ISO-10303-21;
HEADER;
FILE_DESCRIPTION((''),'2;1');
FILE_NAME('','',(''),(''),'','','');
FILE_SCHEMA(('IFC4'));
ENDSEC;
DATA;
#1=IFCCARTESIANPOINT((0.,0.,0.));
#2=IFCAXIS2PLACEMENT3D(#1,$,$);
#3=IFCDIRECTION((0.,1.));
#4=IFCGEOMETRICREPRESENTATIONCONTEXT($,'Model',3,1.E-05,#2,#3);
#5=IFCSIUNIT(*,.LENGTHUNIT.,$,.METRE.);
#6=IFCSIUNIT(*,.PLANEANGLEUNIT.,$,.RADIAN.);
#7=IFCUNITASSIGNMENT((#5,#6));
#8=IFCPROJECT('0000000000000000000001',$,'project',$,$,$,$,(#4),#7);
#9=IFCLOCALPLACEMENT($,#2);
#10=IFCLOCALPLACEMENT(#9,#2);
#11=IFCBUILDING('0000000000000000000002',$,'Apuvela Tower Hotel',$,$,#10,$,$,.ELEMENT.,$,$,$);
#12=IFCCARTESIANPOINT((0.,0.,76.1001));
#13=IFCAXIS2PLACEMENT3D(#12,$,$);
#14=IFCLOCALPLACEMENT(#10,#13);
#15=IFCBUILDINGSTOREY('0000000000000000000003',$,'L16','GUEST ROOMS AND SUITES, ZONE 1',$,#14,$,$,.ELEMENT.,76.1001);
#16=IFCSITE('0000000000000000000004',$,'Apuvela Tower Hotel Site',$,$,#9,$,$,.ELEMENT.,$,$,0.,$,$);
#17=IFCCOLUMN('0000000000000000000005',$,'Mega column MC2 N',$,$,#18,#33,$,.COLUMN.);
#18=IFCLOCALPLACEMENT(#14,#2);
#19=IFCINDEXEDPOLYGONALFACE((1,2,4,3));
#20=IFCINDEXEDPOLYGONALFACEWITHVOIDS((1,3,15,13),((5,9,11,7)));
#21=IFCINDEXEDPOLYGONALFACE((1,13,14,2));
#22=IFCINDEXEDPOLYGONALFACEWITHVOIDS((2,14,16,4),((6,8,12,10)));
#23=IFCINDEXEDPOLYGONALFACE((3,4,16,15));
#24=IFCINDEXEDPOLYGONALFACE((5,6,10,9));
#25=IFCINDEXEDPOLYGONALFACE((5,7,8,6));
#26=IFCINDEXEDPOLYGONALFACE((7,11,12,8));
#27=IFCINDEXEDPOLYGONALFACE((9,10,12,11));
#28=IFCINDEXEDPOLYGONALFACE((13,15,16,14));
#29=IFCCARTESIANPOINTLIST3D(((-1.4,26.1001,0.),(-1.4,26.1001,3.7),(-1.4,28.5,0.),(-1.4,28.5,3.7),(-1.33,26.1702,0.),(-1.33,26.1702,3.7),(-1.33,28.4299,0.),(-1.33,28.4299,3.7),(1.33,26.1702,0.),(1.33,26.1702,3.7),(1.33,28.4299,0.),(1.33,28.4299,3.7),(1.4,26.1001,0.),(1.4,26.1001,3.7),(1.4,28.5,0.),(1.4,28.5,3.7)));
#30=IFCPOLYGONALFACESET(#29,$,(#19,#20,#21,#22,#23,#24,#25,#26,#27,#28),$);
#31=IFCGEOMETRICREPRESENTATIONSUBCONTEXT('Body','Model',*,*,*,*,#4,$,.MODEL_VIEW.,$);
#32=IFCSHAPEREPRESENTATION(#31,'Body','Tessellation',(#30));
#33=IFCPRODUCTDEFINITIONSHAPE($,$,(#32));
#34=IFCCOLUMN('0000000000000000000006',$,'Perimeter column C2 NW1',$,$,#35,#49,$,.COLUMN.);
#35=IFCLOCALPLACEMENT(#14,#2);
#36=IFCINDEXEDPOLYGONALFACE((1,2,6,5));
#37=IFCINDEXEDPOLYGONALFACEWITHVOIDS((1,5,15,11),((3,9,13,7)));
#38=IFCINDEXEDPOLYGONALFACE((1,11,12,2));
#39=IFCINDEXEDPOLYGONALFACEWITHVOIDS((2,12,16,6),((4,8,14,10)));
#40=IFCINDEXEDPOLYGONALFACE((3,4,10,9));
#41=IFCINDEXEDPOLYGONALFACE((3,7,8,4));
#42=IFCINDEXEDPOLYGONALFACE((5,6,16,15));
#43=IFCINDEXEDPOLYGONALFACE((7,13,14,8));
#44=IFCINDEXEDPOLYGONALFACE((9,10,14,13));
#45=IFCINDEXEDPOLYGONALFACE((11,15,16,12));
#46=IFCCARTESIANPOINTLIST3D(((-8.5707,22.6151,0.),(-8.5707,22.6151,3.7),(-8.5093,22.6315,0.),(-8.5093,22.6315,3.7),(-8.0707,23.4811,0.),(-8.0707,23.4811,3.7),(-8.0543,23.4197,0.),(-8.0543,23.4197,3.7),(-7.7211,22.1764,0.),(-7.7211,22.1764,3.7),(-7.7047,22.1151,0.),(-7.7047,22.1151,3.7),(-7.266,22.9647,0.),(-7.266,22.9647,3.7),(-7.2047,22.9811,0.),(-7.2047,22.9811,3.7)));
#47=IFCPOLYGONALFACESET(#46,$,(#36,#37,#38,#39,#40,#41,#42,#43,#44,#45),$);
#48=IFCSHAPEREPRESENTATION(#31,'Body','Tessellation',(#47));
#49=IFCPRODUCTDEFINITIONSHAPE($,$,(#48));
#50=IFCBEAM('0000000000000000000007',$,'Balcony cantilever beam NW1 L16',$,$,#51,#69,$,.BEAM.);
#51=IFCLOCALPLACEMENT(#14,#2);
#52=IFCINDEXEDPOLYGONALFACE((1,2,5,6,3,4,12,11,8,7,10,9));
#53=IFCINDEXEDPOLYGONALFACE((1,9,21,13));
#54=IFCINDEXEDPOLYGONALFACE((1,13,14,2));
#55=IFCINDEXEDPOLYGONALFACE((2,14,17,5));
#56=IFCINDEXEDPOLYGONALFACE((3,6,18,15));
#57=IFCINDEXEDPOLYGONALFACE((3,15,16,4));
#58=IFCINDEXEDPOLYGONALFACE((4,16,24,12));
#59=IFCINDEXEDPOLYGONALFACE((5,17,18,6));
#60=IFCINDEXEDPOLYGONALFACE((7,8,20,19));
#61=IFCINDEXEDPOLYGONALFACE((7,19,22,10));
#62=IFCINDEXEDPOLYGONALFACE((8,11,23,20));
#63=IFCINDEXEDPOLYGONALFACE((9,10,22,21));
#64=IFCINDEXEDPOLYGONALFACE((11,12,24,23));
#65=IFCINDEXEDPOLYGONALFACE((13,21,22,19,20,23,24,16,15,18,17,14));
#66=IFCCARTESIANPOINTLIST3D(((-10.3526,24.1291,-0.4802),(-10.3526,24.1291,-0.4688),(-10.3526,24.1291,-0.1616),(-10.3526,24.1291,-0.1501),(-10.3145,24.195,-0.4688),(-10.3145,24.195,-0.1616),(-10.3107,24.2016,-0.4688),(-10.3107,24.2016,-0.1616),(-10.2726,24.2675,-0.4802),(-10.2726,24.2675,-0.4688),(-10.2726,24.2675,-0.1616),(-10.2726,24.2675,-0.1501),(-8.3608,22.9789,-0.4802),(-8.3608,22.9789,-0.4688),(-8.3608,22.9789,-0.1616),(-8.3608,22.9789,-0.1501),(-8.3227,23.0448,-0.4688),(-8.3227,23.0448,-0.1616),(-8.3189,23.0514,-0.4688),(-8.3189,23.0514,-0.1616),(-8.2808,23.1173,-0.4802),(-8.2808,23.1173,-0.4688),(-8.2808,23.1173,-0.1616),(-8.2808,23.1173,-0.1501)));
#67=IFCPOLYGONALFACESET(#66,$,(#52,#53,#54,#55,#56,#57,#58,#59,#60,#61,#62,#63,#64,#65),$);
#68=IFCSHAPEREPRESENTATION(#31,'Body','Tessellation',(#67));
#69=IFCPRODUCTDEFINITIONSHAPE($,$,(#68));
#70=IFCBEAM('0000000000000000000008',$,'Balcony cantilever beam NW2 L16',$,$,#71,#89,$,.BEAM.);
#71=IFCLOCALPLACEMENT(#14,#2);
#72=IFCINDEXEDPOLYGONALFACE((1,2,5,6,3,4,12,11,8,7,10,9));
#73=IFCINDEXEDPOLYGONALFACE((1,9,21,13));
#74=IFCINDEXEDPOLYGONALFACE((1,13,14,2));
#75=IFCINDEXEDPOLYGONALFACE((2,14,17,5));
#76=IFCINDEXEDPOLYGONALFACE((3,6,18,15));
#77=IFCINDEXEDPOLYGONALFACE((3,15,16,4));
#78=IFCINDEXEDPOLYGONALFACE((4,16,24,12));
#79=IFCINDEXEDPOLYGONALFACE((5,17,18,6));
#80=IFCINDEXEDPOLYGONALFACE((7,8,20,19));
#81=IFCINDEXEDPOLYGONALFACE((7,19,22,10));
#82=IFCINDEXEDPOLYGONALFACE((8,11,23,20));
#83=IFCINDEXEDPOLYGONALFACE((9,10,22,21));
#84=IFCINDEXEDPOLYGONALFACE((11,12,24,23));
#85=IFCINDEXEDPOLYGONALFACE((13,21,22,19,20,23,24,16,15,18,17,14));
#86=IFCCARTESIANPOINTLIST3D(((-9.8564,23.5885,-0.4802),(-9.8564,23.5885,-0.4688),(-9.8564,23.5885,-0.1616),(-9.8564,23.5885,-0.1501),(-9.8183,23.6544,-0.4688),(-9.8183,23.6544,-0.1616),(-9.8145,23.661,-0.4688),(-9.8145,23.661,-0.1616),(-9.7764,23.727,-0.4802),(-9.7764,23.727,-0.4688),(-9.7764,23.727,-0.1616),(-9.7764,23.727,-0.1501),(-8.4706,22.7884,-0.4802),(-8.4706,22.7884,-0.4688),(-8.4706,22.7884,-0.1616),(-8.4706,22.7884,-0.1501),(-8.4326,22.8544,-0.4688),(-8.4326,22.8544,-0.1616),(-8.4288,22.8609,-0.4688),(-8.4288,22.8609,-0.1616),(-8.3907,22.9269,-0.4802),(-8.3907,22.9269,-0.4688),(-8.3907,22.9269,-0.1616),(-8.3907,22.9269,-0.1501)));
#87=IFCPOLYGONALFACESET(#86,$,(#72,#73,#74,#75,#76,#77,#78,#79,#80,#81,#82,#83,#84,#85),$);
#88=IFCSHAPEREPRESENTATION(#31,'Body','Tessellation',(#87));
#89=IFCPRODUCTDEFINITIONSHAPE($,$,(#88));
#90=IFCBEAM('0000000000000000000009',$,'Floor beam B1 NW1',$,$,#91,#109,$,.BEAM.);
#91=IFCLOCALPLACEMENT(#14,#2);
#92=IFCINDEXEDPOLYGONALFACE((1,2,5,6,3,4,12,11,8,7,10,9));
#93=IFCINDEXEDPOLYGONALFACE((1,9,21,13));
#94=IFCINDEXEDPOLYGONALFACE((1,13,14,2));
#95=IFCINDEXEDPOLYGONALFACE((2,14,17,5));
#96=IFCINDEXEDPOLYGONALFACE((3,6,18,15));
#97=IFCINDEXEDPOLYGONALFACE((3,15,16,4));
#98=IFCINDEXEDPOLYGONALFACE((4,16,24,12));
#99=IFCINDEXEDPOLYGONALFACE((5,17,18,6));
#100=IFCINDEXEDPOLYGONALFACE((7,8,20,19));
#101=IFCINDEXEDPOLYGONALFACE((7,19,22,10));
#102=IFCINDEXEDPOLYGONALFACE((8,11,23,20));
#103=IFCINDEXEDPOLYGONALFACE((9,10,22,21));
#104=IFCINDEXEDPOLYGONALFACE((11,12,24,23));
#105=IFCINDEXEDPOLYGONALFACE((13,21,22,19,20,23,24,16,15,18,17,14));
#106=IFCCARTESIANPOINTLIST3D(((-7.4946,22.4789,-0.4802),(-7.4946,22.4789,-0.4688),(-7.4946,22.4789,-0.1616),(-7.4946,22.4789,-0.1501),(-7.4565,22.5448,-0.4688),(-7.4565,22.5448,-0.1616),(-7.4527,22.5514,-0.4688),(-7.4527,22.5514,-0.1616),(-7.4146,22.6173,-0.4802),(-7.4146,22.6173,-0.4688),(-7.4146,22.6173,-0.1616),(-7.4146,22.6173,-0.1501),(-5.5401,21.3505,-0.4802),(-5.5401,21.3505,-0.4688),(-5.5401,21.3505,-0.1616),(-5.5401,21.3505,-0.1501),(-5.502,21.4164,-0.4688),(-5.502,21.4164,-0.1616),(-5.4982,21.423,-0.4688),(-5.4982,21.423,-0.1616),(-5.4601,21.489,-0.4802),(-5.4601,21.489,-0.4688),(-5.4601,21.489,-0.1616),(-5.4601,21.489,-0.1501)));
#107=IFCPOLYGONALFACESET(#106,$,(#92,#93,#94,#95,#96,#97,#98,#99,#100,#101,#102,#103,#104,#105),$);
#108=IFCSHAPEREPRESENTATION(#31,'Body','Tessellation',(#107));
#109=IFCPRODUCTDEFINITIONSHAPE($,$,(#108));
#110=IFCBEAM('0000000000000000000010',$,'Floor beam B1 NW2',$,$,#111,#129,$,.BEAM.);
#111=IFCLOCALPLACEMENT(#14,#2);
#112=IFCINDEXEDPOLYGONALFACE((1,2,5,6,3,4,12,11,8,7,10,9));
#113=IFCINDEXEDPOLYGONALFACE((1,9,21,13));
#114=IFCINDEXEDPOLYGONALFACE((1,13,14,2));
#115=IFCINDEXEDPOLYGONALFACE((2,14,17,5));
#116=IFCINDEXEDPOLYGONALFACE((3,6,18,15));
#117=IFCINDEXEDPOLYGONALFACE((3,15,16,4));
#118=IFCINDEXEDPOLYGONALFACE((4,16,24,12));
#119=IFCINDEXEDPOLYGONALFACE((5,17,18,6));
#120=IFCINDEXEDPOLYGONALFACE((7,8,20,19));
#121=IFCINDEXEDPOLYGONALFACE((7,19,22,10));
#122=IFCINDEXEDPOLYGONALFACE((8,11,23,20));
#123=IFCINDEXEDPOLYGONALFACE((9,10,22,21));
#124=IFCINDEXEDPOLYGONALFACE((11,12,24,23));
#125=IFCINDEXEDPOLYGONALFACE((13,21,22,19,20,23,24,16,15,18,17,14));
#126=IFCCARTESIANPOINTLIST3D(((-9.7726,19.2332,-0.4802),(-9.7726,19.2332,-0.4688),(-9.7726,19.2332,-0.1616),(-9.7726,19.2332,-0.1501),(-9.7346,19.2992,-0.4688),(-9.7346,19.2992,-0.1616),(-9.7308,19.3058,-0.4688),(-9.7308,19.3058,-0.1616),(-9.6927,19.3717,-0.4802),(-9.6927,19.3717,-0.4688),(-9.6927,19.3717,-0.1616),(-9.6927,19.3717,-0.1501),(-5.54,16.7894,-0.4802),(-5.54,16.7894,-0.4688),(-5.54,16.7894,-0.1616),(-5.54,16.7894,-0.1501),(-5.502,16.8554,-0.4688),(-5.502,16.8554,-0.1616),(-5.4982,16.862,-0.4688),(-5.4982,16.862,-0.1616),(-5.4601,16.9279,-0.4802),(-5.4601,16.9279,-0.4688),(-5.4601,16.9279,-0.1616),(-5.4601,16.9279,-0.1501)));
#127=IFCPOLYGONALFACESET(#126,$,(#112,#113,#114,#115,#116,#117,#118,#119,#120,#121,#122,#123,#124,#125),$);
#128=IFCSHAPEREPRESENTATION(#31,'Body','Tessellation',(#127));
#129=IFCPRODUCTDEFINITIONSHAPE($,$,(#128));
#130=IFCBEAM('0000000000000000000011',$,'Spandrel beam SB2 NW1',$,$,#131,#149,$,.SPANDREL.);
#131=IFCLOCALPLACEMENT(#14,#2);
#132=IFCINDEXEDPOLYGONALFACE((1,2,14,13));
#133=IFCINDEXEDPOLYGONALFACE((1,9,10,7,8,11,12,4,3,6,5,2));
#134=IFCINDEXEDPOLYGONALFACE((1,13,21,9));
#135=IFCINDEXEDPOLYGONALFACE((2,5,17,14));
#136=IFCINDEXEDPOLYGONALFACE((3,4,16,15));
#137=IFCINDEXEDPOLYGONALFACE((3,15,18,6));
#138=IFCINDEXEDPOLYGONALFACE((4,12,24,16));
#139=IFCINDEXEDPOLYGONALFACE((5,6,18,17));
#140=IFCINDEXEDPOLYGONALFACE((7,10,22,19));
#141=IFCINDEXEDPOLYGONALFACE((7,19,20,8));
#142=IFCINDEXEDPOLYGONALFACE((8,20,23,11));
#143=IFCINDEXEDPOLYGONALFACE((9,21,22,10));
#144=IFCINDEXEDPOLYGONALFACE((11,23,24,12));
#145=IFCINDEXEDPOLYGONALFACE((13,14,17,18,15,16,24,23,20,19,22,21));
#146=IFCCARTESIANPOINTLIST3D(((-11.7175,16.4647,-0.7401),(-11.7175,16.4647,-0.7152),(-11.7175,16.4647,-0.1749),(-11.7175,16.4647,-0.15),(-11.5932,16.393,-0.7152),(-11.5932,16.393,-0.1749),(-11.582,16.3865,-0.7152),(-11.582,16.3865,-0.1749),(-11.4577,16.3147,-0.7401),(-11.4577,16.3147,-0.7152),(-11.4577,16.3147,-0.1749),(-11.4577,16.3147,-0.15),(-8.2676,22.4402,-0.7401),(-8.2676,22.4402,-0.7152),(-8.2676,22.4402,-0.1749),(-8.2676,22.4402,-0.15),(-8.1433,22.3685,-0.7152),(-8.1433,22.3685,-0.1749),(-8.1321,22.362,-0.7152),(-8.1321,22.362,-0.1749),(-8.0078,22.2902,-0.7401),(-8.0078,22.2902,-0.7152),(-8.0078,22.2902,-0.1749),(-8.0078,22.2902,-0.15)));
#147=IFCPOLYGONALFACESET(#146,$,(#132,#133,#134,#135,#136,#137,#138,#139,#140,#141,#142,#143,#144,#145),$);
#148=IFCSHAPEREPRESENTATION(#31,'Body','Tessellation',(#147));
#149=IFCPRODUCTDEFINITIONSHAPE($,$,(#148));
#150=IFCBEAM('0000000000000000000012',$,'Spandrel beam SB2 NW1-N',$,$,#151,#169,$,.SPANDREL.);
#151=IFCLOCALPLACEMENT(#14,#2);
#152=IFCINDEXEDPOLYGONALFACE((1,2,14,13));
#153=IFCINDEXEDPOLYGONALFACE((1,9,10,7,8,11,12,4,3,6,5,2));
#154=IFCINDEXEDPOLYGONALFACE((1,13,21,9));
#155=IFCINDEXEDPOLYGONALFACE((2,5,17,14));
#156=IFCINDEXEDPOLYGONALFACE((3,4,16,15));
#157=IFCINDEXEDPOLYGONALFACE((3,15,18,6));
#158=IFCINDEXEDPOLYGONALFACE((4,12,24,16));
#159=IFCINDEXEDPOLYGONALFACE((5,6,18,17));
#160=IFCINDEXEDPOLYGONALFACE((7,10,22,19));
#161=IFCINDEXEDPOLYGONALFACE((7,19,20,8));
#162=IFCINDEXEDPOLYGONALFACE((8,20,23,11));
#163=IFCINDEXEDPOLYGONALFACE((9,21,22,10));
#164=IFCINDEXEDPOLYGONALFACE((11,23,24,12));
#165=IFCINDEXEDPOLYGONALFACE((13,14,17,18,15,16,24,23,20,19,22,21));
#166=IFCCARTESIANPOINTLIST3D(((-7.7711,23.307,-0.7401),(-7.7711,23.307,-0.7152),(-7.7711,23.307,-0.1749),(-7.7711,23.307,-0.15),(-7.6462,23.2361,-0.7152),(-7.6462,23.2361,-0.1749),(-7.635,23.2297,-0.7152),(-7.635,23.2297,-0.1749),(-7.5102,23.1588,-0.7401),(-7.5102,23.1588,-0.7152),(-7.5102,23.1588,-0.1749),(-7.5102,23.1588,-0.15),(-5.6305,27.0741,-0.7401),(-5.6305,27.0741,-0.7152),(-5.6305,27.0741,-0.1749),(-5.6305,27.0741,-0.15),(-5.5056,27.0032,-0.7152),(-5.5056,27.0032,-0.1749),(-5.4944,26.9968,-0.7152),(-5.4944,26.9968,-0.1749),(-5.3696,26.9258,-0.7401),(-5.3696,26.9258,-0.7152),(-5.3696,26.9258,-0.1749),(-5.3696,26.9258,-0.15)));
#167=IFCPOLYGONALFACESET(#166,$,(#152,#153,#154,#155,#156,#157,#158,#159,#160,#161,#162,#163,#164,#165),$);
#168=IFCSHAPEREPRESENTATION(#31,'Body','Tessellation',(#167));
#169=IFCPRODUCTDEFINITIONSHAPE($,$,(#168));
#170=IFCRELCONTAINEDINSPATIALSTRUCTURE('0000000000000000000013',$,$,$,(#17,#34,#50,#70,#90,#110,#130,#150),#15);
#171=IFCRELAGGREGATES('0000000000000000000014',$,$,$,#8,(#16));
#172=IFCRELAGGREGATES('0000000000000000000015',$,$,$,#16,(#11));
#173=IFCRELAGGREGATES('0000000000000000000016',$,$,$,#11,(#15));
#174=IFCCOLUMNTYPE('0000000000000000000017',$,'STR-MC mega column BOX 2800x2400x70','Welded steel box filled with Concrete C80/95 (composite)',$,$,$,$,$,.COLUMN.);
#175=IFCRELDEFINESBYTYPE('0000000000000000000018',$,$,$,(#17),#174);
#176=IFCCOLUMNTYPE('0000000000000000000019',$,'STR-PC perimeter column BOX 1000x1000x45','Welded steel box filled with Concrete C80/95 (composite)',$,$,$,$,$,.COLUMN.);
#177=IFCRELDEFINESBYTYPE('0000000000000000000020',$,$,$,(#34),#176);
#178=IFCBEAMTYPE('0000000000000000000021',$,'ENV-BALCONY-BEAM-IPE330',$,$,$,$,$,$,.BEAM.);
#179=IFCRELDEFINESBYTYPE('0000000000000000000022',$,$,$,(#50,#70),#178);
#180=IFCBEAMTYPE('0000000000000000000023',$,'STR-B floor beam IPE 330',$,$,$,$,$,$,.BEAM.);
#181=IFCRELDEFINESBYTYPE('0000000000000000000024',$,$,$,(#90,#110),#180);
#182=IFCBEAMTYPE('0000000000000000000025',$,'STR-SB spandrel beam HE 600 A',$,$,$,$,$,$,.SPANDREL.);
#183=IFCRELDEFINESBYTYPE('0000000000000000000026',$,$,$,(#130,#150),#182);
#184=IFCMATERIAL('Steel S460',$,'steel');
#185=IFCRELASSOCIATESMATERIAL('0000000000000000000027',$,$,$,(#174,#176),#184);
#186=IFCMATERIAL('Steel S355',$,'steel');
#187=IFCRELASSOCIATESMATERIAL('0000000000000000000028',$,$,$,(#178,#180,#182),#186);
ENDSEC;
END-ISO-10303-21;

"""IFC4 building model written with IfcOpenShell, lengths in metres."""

from ifc_helpers import new_model, si_unit, direction, frame, origin, origin_2d, place, context, subcontext, project, spatial, rectangle, hollow_rectangle, i_section, extrude, material, material_profile, profile_set, type_object, element, save


model = new_model("IFC4")

# Units and contexts
model_context = context("Model", 3, precision=1e-05, world=origin(), true_north=direction((0.0, 1.0)))
body_context = subcontext(model_context, "Body", "Model", "MODEL_VIEW")
ifc_project = project(units=[si_unit("LENGTHUNIT", "METRE"), si_unit("PLANEANGLEUNIT", "RADIAN")], contexts=[model_context])

# Site, building, storey
site_placement = place(None, origin())
site = spatial("IfcSite", under=ifc_project, at=site_placement, Name="Apuvela Tower Hotel Site", CompositionType="ELEMENT", RefElevation=0.0)
building_placement = place(site_placement, origin())
building = spatial("IfcBuilding", under=site, at=building_placement, Name="Apuvela Tower Hotel", CompositionType="ELEMENT")
storey_placement = place(building_placement, frame((0.0, 0.0, 76.1001)))
storey = spatial("IfcBuildingStorey", under=building, at=storey_placement, Name="L16", Description="GUEST ROOMS AND SUITES, ZONE 1", CompositionType="ELEMENT", Elevation=76.1001)

# Columns
ifc_material_1 = material(Name="Steel S460", Category="steel")
ifc_material_profile_1 = material_profile(ifc_material_1, hollow_rectangle(XDim=2.8, YDim=2.3999, WallThickness=0.0701, at=origin_2d()), Name="BOX 2800x2400x70")
ifc_material_2 = material(Name="Concrete C80/95", Category="concrete")
ifc_material_profile_2 = material_profile(ifc_material_2, rectangle(XDim=2.6599, YDim=2.26, at=origin_2d()), Name="Concrete C80/95 infill")
ifc_profile_set_1 = profile_set([ifc_material_profile_1, ifc_material_profile_2], Name="Steel S460")
column_type_1 = type_object("IfcColumnType", Name="STR-MC mega column BOX 2800x2400x70", Description="Welded steel box filled with Concrete C80/95 (composite)", PredefinedType="COLUMN", material=ifc_profile_set_1)
column_1_placement = place(storey_placement, frame((0.0, 27.3, 0.0), z_axis=(0.0, 0.0, 1.0), x_axis=(1.0, 0.0, 0.0)))
element("IfcColumn", 1, at=column_1_placement, inside=storey, type_object=column_type_1, Name="Mega column MC2 N", PredefinedType="COLUMN", context=body_context, shape_type="SweptSolid", body=[
    extrude(hollow_rectangle(XDim=2.8, YDim=2.3999, WallThickness=0.0701, at=origin_2d()), origin(), (0.0, 0.0, 1.0), 3.7),
])
ifc_material_profile_3 = material_profile(ifc_material_1, hollow_rectangle(XDim=1.0, YDim=1.0, WallThickness=0.0449, at=origin_2d()), Name="BOX 1000x1000x45")
ifc_material_profile_4 = material_profile(ifc_material_2, rectangle(XDim=0.9099, YDim=0.9099, at=origin_2d()), Name="Concrete C80/95 infill")
ifc_profile_set_2 = profile_set([ifc_material_profile_3, ifc_material_profile_4], Name="Steel S460")
column_type_2 = type_object("IfcColumnType", Name="STR-PC perimeter column BOX 1000x1000x45", Description="Welded steel box filled with Concrete C80/95 (composite)", PredefinedType="COLUMN", material=ifc_profile_set_2)
column_2_placement = place(storey_placement, frame((-7.8877, 22.7981, 0.0), z_axis=(0.0, 0.0, 1.0), x_axis=(0.5, 0.866025, 0.0)))
element("IfcColumn", 2, at=column_2_placement, inside=storey, type_object=column_type_2, Name="Perimeter column C2 NW1", PredefinedType="COLUMN", context=body_context, shape_type="SweptSolid", body=[
    extrude(hollow_rectangle(XDim=1.0, YDim=1.0, WallThickness=0.0449, at=origin_2d()), origin(), (0.0, 0.0, 1.0), 3.7),
])

# Beams
ifc_material_3 = material(Name="Steel S355", Category="steel")
ifc_material_profile_5 = material_profile(ifc_material_3, i_section(OverallWidth=0.1599, OverallDepth=0.3301, WebThickness=0.0076, FlangeThickness=0.0115, at=origin_2d()), Name="IPE 330")
ifc_profile_set_3 = profile_set([ifc_material_profile_5], Name="Steel S355")
beam_type_1 = type_object("IfcBeamType", Name="ENV-BALCONY-BEAM-IPE330", PredefinedType="BEAM", material=ifc_profile_set_3)
beam_1_placement = place(storey_placement, frame((-8.3208, 23.0481, -0.3152), z_axis=(-0.865981, 0.500078, 0.0), x_axis=(-0.500078, -0.865981, 0.0)))
element("IfcBeam", 3, at=beam_1_placement, inside=storey, type_object=beam_type_1, Name="Balcony cantilever beam NW1 L16", PredefinedType="BEAM", context=body_context, shape_type="SweptSolid", body=[
    extrude(i_section(OverallWidth=0.1599, OverallDepth=0.3301, WebThickness=0.0076, FlangeThickness=0.0115, at=origin_2d()), origin(), (0.0, 0.0, 1.0), 2.3),
])
beam_2_placement = place(storey_placement, frame((-8.4307, 22.8577, -0.3152), z_axis=(-0.866028, 0.499995, 0.0), x_axis=(-0.499995, -0.866028, 0.0)))
element("IfcBeam", 4, at=beam_2_placement, inside=storey, type_object=beam_type_1, Name="Balcony cantilever beam NW2 L16", PredefinedType="BEAM", context=body_context, shape_type="SweptSolid", body=[
    extrude(i_section(OverallWidth=0.1599, OverallDepth=0.3301, WebThickness=0.0076, FlangeThickness=0.0115, at=origin_2d()), origin(), (0.0, 0.0, 1.0), 1.6001),
])
ifc_material_profile_6 = material_profile(ifc_material_3, i_section(OverallWidth=0.1599, OverallDepth=0.3301, WebThickness=0.0076, FlangeThickness=0.0115, at=origin_2d()), Name="IPE 330")
ifc_profile_set_4 = profile_set([ifc_material_profile_6], Name="Steel S355")
beam_type_2 = type_object("IfcBeamType", Name="STR-B floor beam IPE 330", PredefinedType="BEAM", material=ifc_profile_set_4)
beam_3_placement = place(storey_placement, frame((-7.4546, 22.5481, -0.3152), z_axis=(0.866038, -0.499978, 0.0), x_axis=(0.499978, 0.866038, 0.0)))
element("IfcBeam", 5, at=beam_3_placement, inside=storey, type_object=beam_type_2, Name="Floor beam B1 NW1", PredefinedType="BEAM", context=body_context, shape_type="SweptSolid", body=[
    extrude(i_section(OverallWidth=0.1599, OverallDepth=0.3301, WebThickness=0.0076, FlangeThickness=0.0115, at=origin_2d()), origin(), (0.0, 0.0, 1.0), 2.2568),
])
beam_4_placement = place(storey_placement, frame((-9.7327, 19.3025, -0.3152), z_axis=(0.866015, -0.500018, 0.0), x_axis=(0.500018, 0.866015, 0.0)))
element("IfcBeam", 6, at=beam_4_placement, inside=storey, type_object=beam_type_2, Name="Floor beam B1 NW2", PredefinedType="BEAM", context=body_context, shape_type="SweptSolid", body=[
    extrude(i_section(OverallWidth=0.1599, OverallDepth=0.3301, WebThickness=0.0076, FlangeThickness=0.0115, at=origin_2d()), origin(), (0.0, 0.0, 1.0), 4.8875),
])
ifc_material_profile_7 = material_profile(ifc_material_3, i_section(OverallWidth=0.3, OverallDepth=0.5901, WebThickness=0.0129, FlangeThickness=0.0249, at=origin_2d()), Name="HE 600 A")
ifc_profile_set_5 = profile_set([ifc_material_profile_7], Name="Steel S355")
beam_type_3 = type_object("IfcBeamType", Name="STR-SB spandrel beam HE 600 A", PredefinedType="SPANDREL", material=ifc_profile_set_5)
beam_5_placement = place(storey_placement, frame((-8.1377, 22.3652, -0.4451), z_axis=(-0.499994, -0.866029, 0.0), x_axis=(0.866029, -0.499994, 0.0)))
element("IfcBeam", 7, at=beam_5_placement, inside=storey, type_object=beam_type_3, Name="Spandrel beam SB2 NW1", PredefinedType="SPANDREL", context=body_context, shape_type="SweptSolid", body=[
    extrude(i_section(OverallWidth=0.3, OverallDepth=0.5901, WebThickness=0.0129, FlangeThickness=0.0249, at=origin_2d()), origin(), (0.0, 0.0, 1.0), 6.8999),
])
beam_6_placement = place(storey_placement, frame((-7.6406, 23.2329, -0.4451), z_axis=(0.49405, 0.869433, 0.0), x_axis=(-0.869433, 0.49405, 0.0)))
element("IfcBeam", 8, at=beam_6_placement, inside=storey, type_object=beam_type_3, Name="Spandrel beam SB2 NW1-N", PredefinedType="SPANDREL", context=body_context, shape_type="SweptSolid", body=[
    extrude(i_section(OverallWidth=0.3, OverallDepth=0.5901, WebThickness=0.0129, FlangeThickness=0.0249, at=origin_2d()), origin(), (0.0, 0.0, 1.0), 4.3328),
])

save(model, "model.ifc")
